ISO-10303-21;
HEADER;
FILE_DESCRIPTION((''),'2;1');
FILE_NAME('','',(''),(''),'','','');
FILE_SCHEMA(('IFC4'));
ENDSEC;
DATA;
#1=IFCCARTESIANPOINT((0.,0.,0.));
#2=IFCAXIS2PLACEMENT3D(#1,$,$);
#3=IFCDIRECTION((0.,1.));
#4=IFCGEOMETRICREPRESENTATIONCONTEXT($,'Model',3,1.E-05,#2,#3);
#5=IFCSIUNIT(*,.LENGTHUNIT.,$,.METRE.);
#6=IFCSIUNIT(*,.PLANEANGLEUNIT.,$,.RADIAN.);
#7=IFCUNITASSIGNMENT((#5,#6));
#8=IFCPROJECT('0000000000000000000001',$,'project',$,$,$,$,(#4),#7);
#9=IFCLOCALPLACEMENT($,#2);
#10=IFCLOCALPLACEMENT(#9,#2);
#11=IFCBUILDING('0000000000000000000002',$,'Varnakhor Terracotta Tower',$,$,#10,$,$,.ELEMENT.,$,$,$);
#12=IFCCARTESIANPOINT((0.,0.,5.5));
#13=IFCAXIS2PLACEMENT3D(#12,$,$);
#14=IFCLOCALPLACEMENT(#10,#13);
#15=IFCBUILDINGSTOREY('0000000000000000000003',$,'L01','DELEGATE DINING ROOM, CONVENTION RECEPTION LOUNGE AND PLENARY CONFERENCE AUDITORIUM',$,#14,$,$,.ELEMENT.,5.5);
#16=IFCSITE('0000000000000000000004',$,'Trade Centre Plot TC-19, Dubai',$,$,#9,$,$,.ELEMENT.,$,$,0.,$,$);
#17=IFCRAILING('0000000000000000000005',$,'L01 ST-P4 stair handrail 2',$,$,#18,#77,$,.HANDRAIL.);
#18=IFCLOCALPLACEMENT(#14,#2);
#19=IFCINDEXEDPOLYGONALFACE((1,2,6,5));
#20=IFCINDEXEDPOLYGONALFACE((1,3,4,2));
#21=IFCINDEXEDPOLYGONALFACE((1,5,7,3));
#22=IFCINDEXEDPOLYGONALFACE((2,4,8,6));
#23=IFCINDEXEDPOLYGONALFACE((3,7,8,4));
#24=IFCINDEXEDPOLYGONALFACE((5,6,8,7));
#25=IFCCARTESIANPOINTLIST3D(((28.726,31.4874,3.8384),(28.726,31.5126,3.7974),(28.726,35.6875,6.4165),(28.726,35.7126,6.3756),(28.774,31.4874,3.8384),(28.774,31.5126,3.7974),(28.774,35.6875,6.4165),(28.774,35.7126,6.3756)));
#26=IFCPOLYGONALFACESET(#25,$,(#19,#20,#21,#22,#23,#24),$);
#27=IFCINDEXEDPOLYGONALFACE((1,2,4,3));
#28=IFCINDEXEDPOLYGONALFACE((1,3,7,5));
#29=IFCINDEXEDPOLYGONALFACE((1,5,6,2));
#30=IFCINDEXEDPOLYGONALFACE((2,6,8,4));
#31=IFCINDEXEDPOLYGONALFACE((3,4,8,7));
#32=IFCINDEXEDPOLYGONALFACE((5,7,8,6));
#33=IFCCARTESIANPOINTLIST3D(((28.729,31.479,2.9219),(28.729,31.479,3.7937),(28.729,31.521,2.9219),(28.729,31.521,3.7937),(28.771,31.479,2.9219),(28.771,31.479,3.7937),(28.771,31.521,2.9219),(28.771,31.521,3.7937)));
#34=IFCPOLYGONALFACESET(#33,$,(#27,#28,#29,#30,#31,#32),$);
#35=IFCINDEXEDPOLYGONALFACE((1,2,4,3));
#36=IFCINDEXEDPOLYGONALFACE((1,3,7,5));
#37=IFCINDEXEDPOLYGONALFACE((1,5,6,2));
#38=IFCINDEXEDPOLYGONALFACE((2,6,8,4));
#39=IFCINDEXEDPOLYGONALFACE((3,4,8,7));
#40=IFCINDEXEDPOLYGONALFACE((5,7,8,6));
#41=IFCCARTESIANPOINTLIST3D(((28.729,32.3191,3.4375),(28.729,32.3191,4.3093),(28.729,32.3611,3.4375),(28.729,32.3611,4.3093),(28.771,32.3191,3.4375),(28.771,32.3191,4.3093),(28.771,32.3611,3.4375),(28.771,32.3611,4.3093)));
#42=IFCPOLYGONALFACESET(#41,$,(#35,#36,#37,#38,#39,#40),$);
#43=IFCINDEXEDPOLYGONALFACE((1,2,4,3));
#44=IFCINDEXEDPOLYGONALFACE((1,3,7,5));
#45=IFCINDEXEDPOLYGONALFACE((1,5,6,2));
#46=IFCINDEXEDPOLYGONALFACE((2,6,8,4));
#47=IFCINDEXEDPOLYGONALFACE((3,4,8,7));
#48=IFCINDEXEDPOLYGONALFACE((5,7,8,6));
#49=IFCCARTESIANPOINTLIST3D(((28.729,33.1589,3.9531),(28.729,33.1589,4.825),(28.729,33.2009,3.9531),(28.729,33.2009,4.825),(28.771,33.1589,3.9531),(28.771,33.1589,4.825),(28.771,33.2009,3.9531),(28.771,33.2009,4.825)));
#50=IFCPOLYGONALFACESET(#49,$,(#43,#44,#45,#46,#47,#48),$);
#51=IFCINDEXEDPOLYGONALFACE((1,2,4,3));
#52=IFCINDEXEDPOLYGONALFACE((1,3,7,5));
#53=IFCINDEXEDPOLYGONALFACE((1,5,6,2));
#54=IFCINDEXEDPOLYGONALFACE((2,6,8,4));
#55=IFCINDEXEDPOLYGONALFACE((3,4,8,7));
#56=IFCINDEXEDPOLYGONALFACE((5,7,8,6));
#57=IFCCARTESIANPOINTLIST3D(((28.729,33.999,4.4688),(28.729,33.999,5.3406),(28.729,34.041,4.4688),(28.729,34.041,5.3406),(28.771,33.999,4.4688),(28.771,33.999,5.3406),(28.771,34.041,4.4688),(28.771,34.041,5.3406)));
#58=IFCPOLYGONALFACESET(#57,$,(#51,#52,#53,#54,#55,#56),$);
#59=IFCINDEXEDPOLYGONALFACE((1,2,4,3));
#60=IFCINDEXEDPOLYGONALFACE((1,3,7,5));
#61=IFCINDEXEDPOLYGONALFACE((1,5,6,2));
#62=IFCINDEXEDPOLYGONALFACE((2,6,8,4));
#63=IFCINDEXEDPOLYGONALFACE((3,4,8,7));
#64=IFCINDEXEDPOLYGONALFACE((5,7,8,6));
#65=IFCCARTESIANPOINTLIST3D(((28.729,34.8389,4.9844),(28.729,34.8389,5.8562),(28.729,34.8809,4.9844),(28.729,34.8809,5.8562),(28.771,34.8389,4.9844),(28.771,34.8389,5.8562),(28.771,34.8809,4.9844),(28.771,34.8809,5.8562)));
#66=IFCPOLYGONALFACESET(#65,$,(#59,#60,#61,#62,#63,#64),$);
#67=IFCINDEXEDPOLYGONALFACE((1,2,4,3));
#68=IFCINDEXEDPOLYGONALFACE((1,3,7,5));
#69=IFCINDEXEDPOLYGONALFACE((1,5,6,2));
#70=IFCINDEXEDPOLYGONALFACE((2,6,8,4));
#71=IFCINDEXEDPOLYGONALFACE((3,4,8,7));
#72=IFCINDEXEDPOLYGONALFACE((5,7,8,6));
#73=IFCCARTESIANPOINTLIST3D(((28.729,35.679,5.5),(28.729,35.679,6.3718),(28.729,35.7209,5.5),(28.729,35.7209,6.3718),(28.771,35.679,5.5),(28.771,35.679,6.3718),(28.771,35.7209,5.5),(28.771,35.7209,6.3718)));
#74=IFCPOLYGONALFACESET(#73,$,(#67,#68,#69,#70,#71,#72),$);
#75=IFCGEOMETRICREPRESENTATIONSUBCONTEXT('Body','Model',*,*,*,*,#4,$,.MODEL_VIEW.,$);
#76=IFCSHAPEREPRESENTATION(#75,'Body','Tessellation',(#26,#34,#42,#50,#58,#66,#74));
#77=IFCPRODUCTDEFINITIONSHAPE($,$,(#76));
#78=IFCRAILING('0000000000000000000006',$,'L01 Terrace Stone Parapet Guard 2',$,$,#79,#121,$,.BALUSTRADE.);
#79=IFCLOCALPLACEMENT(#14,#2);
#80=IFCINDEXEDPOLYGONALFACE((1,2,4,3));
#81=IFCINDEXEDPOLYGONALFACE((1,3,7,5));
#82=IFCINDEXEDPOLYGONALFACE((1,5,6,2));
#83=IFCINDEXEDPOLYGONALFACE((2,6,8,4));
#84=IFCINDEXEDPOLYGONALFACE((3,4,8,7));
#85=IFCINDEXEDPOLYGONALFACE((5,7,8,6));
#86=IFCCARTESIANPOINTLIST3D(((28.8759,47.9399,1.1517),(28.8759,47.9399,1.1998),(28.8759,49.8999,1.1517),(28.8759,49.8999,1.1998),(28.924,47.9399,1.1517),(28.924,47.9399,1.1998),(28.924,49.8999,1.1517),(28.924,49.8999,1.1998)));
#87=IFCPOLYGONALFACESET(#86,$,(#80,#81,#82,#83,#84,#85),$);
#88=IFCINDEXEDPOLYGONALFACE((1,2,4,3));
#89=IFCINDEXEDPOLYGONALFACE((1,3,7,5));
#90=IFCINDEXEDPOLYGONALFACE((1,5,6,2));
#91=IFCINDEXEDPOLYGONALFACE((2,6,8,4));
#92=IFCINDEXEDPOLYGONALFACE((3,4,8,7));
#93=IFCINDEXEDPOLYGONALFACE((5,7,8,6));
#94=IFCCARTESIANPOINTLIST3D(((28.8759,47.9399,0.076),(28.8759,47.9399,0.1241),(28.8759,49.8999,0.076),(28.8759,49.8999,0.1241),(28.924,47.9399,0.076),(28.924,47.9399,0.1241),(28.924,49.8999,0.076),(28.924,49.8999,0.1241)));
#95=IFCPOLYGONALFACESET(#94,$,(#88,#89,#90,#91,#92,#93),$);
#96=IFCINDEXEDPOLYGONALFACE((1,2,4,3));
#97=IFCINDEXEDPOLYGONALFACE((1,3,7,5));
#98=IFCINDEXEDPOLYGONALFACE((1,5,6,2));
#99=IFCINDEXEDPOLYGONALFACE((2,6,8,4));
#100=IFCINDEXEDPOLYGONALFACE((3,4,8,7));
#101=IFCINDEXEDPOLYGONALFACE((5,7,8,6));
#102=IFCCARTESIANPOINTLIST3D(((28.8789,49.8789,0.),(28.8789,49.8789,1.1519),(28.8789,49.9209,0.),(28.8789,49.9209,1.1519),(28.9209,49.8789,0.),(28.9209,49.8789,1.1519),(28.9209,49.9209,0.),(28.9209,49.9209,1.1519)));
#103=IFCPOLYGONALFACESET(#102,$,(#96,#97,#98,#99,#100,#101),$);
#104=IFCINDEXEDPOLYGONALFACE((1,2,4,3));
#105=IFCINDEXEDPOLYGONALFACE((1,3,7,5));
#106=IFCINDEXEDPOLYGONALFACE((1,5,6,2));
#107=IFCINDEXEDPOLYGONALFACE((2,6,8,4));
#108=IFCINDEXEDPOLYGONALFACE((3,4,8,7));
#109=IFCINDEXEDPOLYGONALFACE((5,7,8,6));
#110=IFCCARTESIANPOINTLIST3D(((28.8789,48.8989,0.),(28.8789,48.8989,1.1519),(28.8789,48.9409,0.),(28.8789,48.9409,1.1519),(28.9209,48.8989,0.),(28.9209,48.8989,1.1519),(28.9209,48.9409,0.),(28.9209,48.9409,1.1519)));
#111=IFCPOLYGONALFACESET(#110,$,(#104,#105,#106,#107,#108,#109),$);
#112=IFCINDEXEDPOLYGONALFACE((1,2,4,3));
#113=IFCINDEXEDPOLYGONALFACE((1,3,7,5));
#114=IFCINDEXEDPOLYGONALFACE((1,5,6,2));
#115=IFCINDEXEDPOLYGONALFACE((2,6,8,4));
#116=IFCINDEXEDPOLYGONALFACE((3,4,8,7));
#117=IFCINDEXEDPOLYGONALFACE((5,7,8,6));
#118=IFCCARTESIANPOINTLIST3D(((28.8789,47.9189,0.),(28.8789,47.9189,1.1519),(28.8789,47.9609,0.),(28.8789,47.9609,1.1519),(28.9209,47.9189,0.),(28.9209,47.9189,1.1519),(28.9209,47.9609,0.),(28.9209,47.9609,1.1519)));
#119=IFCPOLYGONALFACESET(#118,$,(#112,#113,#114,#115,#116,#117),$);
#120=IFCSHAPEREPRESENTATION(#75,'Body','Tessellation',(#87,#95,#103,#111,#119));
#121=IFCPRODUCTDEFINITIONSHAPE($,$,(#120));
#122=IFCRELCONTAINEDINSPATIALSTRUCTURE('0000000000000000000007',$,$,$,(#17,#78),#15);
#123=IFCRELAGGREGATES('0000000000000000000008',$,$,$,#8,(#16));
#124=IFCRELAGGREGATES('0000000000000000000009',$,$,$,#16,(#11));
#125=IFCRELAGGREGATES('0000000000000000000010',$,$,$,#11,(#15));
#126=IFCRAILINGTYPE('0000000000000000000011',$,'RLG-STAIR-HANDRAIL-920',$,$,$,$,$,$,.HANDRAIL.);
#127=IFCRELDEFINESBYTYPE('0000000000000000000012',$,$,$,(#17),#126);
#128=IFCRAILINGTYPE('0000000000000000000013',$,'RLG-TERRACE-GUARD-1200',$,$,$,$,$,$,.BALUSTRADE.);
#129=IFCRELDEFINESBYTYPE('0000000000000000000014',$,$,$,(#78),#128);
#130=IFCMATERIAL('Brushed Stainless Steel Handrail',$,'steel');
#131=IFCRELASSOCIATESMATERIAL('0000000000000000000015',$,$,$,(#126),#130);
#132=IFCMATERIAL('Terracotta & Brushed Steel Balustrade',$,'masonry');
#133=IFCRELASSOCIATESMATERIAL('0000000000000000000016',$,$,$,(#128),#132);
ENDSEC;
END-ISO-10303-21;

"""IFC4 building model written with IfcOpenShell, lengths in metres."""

from ifc_helpers import new_model, si_unit, direction, frame, origin, origin_2d, place, context, subcontext, project, spatial, rectangle, extrude, material, type_object, element, save


model = new_model("IFC4")

# Units and contexts
model_context = context("Model", 3, precision=1e-05, world=origin(), true_north=direction((0.0, 1.0)))
body_context = subcontext(model_context, "Body", "Model", "MODEL_VIEW")
ifc_project = project(units=[si_unit("LENGTHUNIT", "METRE"), si_unit("PLANEANGLEUNIT", "RADIAN")], contexts=[model_context])

# Site, building, storey
site_placement = place(None, origin())
site = spatial("IfcSite", under=ifc_project, at=site_placement, Name="Trade Centre Plot TC-19, Dubai", CompositionType="ELEMENT", RefElevation=0.0)
building_placement = place(site_placement, origin())
building = spatial("IfcBuilding", under=site, at=building_placement, Name="Varnakhor Terracotta Tower", CompositionType="ELEMENT")
storey_placement = place(building_placement, frame((0.0, 0.0, 5.5)))
storey = spatial("IfcBuildingStorey", under=building, at=storey_placement, Name="L01", Description="DELEGATE DINING ROOM, CONVENTION RECEPTION LOUNGE AND PLENARY CONFERENCE AUDITORIUM", CompositionType="ELEMENT", Elevation=5.5)

# Railings
ifc_material_1 = material(Name="Brushed Stainless Steel Handrail", Category="steel")
railing_type_1 = type_object("IfcRailingType", Name="RLG-STAIR-HANDRAIL-920", PredefinedType="HANDRAIL", material=ifc_material_1)
railing_1_placement = place(storey_placement, frame((28.75, 31.5, 2.9219)))
element("IfcRailing", 1, at=railing_1_placement, inside=storey, type_object=railing_type_1, Name="L01 ST-P4 stair handrail 2", PredefinedType="HANDRAIL", context=body_context, shape_type="SweptSolid", body=[
    extrude(rectangle(XDim=0.0481, YDim=0.0481, at=origin_2d()), frame((0.0, 0.0, 0.896), z_axis=(0.0, 0.852243, 0.523146), x_axis=(-1.0, 0.0, 0.0)), (0.0, 0.0, 1.0), 4.9282),
    extrude(rectangle(XDim=0.042, YDim=0.042, at=origin_2d()), origin(), (0.0, 0.0, 1.0), 0.8718),
    extrude(rectangle(XDim=0.042, YDim=0.042, at=origin_2d()), frame((0.0, 0.8401, 0.5156)), (0.0, 0.0, 1.0), 0.8718),
    extrude(rectangle(XDim=0.042, YDim=0.042, at=origin_2d()), frame((0.0, 1.6799, 1.0312)), (0.0, 0.0, 1.0), 0.8718),
    extrude(rectangle(XDim=0.042, YDim=0.042, at=origin_2d()), frame((0.0, 2.52, 1.5469)), (0.0, 0.0, 1.0), 0.8718),
    extrude(rectangle(XDim=0.042, YDim=0.042, at=origin_2d()), frame((0.0, 3.3599, 2.0625)), (0.0, 0.0, 1.0), 0.8718),
    extrude(rectangle(XDim=0.042, YDim=0.042, at=origin_2d()), frame((0.0, 4.2, 2.5781)), (0.0, 0.0, 1.0), 0.8718),
])
ifc_material_2 = material(Name="Terracotta & Brushed Steel Balustrade", Category="masonry")
railing_type_2 = type_object("IfcRailingType", Name="RLG-TERRACE-GUARD-1200", PredefinedType="BALUSTRADE", material=ifc_material_2)
railing_2_placement = place(storey_placement, frame((28.8999, 49.8999, 0.0)))
element("IfcRailing", 2, at=railing_2_placement, inside=storey, type_object=railing_type_2, Name="L01 Terrace Stone Parapet Guard 2", PredefinedType="BALUSTRADE", context=body_context, shape_type="SweptSolid", body=[
    extrude(rectangle(XDim=0.0481, YDim=0.0481, at=origin_2d()), frame((0.0, 0.0, 1.1758), z_axis=(0.0, -1.0, 0.0), x_axis=(1.0, 0.0, 0.0)), (0.0, 0.0, 1.0), 1.96),
    extrude(rectangle(XDim=0.0481, YDim=0.0481, at=origin_2d()), frame((0.0, 0.0, 0.1001), z_axis=(0.0, -1.0, 0.0), x_axis=(1.0, 0.0, 0.0)), (0.0, 0.0, 1.0), 1.96),
    extrude(rectangle(XDim=0.042, YDim=0.042, at=origin_2d()), origin(), (0.0, 0.0, 1.0), 1.1519),
    extrude(rectangle(XDim=0.042, YDim=0.042, at=origin_2d()), frame((0.0, -0.98, 0.0)), (0.0, 0.0, 1.0), 1.1519),
    extrude(rectangle(XDim=0.042, YDim=0.042, at=origin_2d()), frame((0.0, -1.96, 0.0)), (0.0, 0.0, 1.0), 1.1519),
])

save(model, "model.ifc")
